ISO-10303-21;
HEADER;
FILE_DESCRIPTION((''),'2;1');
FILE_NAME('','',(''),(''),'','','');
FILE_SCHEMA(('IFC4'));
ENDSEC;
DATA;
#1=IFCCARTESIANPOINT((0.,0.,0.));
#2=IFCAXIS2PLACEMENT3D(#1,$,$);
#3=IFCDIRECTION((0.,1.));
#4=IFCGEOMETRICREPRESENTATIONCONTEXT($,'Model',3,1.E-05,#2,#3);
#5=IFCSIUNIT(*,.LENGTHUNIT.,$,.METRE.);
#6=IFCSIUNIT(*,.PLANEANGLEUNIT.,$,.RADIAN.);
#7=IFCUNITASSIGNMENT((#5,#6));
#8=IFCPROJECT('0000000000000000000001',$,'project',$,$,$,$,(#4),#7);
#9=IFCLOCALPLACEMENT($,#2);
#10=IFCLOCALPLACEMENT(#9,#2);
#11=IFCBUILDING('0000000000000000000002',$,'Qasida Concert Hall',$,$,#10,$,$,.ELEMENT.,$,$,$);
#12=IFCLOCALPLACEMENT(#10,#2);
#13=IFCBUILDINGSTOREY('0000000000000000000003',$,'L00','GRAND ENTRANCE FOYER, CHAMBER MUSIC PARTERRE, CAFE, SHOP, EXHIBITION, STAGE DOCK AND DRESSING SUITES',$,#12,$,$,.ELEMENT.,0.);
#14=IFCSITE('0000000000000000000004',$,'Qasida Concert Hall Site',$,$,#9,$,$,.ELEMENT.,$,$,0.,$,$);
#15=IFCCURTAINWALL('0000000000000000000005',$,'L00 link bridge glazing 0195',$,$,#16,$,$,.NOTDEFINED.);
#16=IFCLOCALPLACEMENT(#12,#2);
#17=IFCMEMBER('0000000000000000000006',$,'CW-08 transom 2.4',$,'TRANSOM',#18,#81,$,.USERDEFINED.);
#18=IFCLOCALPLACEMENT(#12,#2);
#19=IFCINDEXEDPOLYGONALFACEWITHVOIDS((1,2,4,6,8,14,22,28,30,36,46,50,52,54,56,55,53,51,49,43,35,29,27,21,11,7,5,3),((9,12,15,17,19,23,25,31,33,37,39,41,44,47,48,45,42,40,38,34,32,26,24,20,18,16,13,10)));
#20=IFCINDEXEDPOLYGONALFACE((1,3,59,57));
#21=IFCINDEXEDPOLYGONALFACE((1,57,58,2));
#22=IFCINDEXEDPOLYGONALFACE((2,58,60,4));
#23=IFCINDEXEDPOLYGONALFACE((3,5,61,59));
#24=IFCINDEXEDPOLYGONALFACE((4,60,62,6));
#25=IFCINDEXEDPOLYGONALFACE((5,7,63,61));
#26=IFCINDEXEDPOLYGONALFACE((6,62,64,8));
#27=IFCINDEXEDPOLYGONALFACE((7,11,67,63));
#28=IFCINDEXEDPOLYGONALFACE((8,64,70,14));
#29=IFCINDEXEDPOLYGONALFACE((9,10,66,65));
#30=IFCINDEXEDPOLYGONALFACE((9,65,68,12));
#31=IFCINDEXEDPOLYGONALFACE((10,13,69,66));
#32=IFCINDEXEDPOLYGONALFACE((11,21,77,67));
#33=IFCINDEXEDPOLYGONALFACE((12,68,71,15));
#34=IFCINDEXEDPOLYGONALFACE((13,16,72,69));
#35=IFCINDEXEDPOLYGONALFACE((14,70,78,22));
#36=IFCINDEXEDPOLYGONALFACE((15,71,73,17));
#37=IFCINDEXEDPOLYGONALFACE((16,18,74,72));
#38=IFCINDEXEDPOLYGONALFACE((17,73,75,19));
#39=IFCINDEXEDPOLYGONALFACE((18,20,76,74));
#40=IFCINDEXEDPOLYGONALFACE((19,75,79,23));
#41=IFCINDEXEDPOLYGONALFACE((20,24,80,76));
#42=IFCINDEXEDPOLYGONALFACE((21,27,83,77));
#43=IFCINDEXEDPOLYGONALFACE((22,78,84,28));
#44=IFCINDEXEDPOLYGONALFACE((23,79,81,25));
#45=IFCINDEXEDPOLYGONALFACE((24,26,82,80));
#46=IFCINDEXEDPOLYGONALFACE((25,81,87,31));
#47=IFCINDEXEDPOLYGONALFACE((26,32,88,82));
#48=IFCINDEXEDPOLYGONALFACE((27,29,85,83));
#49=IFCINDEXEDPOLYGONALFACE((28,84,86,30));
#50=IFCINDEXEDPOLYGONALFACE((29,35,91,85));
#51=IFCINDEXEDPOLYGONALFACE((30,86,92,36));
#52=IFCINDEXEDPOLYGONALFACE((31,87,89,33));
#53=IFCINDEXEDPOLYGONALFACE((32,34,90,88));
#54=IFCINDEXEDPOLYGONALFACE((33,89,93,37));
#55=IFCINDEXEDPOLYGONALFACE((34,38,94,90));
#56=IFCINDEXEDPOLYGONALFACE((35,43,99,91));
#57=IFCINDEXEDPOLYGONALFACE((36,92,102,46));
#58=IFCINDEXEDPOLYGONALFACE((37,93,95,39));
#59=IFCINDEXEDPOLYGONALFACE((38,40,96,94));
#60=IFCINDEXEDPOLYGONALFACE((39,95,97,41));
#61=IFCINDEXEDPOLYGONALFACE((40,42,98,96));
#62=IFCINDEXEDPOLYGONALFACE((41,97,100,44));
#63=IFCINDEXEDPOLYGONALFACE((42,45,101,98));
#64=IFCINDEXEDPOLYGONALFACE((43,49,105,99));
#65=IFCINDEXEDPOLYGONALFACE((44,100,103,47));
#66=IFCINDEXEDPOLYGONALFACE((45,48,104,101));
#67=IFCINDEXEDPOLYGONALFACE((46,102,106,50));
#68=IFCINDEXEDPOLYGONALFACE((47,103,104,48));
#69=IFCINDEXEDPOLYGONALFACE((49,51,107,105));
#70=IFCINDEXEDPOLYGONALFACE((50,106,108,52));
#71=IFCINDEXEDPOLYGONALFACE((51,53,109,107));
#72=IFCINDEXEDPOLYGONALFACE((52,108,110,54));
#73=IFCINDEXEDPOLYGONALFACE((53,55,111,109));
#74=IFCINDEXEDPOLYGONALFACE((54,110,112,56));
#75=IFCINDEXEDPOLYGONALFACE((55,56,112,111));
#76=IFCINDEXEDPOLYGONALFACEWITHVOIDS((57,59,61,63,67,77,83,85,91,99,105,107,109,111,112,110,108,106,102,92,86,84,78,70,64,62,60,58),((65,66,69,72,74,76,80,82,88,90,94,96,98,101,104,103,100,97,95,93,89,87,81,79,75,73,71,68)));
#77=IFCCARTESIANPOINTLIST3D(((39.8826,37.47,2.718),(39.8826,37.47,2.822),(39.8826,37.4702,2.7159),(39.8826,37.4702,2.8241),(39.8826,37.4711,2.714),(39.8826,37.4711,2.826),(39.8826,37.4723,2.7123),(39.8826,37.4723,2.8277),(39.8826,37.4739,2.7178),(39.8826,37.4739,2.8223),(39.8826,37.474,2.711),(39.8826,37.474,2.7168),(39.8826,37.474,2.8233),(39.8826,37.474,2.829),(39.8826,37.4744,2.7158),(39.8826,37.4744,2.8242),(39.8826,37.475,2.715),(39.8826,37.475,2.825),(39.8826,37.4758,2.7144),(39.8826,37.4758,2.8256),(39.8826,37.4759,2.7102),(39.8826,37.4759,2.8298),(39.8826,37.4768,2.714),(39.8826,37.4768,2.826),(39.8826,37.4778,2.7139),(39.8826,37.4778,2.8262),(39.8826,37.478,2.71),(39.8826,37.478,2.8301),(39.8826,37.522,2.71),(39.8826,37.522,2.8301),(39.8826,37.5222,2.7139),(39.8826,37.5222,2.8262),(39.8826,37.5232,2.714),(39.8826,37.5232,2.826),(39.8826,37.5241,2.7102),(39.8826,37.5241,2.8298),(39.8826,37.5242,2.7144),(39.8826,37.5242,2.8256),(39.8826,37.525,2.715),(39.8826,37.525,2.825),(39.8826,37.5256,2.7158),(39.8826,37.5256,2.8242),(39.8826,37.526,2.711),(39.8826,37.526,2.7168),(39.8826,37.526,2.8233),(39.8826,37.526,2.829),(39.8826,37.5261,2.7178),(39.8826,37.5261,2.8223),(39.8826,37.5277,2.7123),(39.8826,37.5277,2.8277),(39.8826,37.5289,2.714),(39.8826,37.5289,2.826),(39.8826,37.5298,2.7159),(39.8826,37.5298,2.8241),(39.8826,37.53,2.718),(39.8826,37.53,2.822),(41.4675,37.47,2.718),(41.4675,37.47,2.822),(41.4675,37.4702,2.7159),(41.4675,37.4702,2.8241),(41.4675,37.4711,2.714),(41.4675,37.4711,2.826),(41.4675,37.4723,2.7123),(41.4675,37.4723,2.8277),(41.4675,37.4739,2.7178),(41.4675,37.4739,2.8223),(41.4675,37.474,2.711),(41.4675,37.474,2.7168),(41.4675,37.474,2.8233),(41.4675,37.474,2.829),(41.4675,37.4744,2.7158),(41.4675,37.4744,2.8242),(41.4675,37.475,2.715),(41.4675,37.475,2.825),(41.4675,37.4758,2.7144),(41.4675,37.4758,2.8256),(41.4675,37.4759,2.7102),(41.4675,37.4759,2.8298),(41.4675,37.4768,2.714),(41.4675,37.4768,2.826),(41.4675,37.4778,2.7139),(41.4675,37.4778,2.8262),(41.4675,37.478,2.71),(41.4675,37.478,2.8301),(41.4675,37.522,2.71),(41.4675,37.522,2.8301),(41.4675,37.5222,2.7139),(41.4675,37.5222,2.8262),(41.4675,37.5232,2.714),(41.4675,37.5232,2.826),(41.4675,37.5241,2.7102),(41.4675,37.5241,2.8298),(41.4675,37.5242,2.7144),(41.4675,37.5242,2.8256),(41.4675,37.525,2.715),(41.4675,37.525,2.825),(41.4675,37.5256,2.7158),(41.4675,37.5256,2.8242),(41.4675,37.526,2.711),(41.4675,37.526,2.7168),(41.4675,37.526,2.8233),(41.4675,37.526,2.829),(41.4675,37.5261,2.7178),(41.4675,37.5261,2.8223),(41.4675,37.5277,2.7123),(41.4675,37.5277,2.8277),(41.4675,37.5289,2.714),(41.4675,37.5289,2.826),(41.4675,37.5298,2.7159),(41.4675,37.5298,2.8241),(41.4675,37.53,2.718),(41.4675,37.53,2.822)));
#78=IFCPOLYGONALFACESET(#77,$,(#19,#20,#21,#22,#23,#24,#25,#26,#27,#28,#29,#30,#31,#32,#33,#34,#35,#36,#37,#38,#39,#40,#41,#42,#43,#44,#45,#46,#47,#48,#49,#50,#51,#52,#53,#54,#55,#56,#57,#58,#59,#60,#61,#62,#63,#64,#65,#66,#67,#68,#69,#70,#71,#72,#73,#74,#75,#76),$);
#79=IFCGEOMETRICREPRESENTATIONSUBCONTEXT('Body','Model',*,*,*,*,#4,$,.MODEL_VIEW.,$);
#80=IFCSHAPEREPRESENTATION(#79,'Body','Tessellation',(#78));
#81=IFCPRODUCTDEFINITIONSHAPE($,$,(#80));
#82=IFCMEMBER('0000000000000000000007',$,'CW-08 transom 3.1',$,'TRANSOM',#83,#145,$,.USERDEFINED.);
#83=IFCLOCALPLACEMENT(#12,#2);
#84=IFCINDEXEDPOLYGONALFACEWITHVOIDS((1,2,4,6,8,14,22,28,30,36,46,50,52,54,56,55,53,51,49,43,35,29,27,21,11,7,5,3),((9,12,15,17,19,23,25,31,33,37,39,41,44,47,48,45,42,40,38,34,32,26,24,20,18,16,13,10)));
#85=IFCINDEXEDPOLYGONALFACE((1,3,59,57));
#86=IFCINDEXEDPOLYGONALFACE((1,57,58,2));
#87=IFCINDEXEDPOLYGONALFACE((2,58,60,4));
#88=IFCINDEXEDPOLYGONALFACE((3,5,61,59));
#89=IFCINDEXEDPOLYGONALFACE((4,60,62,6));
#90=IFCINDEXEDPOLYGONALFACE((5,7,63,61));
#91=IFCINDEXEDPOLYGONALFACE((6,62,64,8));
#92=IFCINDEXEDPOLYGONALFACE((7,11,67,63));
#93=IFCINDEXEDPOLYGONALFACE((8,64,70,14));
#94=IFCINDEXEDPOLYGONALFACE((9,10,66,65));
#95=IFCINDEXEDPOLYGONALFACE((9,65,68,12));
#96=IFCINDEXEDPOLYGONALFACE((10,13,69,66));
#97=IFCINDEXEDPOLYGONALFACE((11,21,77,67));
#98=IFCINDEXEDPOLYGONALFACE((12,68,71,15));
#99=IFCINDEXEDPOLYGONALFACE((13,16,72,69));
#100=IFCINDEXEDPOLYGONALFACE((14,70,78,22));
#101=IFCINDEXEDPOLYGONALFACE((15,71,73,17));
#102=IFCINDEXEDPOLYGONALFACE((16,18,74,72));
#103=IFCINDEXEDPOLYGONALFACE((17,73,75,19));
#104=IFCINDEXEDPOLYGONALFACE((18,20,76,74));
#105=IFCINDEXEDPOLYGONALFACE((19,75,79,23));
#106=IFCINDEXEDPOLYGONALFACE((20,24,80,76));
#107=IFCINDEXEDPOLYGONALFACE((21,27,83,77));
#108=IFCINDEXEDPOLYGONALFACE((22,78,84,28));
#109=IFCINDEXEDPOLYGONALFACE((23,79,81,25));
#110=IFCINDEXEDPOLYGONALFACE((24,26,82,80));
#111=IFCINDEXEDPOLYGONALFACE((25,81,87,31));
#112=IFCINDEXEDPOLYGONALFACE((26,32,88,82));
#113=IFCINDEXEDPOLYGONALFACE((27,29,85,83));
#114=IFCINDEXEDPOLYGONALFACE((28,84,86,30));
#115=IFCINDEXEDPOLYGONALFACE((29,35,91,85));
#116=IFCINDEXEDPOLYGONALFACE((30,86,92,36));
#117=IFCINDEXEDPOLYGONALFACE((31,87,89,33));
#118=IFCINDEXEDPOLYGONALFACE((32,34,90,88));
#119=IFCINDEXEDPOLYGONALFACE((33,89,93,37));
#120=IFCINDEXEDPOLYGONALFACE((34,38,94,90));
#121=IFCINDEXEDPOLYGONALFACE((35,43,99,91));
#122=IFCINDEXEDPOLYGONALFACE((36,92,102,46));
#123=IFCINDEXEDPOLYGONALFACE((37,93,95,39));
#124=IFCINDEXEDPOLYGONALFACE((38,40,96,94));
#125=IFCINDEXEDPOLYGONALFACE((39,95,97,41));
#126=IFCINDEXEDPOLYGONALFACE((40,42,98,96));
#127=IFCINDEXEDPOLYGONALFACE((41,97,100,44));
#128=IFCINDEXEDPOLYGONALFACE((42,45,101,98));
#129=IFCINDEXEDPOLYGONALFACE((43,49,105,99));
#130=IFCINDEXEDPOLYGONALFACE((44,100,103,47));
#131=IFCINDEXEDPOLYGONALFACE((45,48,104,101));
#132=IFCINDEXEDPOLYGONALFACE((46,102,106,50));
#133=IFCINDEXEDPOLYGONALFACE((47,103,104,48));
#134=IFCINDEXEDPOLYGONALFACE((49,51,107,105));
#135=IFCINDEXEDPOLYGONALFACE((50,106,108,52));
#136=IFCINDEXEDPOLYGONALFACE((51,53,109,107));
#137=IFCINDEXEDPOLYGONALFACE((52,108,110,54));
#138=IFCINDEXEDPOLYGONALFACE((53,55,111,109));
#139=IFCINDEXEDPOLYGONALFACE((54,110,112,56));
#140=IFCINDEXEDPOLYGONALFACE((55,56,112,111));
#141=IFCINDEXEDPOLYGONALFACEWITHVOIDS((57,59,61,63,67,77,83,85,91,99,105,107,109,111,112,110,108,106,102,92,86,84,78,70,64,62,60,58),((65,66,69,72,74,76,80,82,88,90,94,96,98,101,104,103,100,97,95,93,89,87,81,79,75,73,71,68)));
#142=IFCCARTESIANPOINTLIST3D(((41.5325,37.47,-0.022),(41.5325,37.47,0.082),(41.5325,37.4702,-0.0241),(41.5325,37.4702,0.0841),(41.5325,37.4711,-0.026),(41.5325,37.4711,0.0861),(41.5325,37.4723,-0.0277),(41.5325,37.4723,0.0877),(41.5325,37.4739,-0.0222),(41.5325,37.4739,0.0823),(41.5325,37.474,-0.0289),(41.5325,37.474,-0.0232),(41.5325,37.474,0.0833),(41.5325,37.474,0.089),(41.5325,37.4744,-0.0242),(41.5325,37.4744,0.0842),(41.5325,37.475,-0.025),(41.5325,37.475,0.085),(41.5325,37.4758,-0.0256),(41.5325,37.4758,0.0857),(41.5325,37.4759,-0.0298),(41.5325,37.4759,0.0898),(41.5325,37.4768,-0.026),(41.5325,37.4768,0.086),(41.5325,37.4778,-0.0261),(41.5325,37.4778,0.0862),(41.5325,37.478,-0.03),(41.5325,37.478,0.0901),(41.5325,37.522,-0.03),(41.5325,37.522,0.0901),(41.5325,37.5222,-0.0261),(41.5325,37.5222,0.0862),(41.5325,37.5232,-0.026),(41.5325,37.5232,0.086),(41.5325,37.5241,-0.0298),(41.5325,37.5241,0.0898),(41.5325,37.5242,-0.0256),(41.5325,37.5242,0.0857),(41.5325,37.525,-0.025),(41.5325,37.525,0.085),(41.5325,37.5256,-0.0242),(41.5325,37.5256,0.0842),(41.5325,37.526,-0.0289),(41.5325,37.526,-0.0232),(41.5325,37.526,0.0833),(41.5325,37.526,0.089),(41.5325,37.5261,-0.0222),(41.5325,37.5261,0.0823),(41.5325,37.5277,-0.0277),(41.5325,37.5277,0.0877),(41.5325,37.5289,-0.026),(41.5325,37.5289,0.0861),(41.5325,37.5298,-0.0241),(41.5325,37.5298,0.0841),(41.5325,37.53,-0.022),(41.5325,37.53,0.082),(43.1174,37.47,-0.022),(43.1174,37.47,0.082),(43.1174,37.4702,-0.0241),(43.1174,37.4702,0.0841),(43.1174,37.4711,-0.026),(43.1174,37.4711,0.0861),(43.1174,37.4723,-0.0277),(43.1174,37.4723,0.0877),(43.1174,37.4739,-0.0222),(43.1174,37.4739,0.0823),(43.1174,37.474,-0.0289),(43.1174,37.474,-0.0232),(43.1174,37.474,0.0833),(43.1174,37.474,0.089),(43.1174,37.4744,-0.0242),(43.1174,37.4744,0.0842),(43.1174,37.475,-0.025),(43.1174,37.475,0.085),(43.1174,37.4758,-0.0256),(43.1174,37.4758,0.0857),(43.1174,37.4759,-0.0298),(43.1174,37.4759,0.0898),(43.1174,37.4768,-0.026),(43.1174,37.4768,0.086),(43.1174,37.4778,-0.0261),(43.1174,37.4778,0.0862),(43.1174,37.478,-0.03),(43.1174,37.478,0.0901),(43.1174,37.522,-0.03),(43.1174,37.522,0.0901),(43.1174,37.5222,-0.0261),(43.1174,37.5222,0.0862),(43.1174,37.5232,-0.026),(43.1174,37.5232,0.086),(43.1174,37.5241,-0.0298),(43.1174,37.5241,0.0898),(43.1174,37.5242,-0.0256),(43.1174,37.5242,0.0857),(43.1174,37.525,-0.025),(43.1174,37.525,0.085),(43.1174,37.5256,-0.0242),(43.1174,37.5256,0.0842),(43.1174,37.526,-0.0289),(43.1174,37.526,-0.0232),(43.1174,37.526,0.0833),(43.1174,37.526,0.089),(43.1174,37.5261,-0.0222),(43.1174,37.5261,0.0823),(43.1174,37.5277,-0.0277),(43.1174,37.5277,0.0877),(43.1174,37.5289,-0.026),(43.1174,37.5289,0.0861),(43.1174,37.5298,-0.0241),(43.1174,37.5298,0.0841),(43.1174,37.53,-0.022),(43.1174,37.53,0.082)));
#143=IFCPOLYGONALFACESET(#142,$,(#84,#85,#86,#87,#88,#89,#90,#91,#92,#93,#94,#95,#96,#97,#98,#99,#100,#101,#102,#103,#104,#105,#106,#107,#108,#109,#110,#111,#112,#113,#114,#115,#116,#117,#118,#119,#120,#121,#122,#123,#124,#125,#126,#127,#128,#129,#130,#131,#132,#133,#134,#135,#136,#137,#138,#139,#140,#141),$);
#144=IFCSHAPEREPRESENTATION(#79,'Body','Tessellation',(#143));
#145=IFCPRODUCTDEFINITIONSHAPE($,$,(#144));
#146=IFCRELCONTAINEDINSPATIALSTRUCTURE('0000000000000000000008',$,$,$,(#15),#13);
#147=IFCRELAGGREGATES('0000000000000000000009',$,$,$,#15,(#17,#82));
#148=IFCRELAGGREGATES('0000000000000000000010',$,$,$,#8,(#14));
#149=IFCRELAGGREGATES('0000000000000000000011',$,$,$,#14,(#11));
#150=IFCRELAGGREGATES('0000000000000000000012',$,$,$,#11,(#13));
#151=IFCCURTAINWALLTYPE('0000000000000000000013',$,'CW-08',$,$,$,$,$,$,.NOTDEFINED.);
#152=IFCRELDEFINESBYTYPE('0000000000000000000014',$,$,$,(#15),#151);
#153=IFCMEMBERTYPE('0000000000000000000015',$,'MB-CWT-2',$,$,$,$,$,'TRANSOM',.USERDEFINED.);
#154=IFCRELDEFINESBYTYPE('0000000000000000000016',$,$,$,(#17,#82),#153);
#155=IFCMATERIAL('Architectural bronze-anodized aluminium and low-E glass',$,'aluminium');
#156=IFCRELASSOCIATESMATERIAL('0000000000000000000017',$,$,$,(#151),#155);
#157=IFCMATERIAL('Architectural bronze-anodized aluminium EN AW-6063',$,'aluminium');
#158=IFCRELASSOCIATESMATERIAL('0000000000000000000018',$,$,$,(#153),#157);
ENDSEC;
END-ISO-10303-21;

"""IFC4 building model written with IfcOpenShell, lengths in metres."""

from ifc_helpers import new_model, si_unit, direction, frame, origin, origin_2d, place, context, subcontext, project, spatial, hollow_rectangle, extrude, material, material_profile, profile_set, type_object, element, aggregate, save


model = new_model("IFC4")

# Units and contexts
model_context = context("Model", 3, precision=1e-05, world=origin(), true_north=direction((0.0, 1.0)))
body_context = subcontext(model_context, "Body", "Model", "MODEL_VIEW")
ifc_project = project(units=[si_unit("LENGTHUNIT", "METRE"), si_unit("PLANEANGLEUNIT", "RADIAN")], contexts=[model_context])

# Site, building, storey
site_placement = place(None, origin())
site = spatial("IfcSite", under=ifc_project, at=site_placement, Name="Qasida Concert Hall Site", CompositionType="ELEMENT", RefElevation=0.0)
building_placement = place(site_placement, origin())
building = spatial("IfcBuilding", under=site, at=building_placement, Name="Qasida Concert Hall", CompositionType="ELEMENT")
storey_placement = place(building_placement, origin())
storey = spatial("IfcBuildingStorey", under=building, at=storey_placement, Name="L00", Description="GRAND ENTRANCE FOYER, CHAMBER MUSIC PARTERRE, CAFE, SHOP, EXHIBITION, STAGE DOCK AND DRESSING SUITES", CompositionType="ELEMENT", Elevation=0.0)

# Curtain wall
ifc_material_1 = material(Name="Architectural bronze-anodized aluminium and low-E glass", Category="aluminium")
curtain_wall_type = type_object("IfcCurtainWallType", Name="CW-08", PredefinedType="NOTDEFINED", material=ifc_material_1)
curtain_wall_1_placement = place(storey_placement, origin())
curtain_wall_1 = element("IfcCurtainWall", 1, at=curtain_wall_1_placement, inside=storey, type_object=curtain_wall_type, Name="L00 link bridge glazing 0195", PredefinedType="NOTDEFINED")
ifc_material_2 = material(Name="Architectural bronze-anodized aluminium EN AW-6063", Category="aluminium")

# Members
ifc_material_profile_1 = material_profile(ifc_material_2, hollow_rectangle(XDim=0.0601, YDim=0.1201, WallThickness=0.0039, InnerFilletRadius=0.0039, OuterFilletRadius=0.0081, at=origin_2d()), Name="CWT 120x60x4")
ifc_profile_set_1 = profile_set([ifc_material_profile_1], Name="Architectural bronze-anodized aluminium EN AW-6063")
member_type_1 = type_object("IfcMemberType", Name="MB-CWT-2", ElementType="TRANSOM", PredefinedType="USERDEFINED", material=ifc_profile_set_1)
member_1_placement = place(storey_placement, frame((39.8826, 37.5, 2.77), z_axis=(1.0, 0.0, 0.0), x_axis=(0.0, 1.0, 0.0)))
member_1 = element("IfcMember", 2, at=member_1_placement, type_object=member_type_1, Name="CW-08 transom 2.4", ObjectType="TRANSOM", PredefinedType="USERDEFINED", context=body_context, shape_type="SweptSolid", body=[
    extrude(hollow_rectangle(XDim=0.0601, YDim=0.1201, WallThickness=0.0039, InnerFilletRadius=0.0039, OuterFilletRadius=0.0081, at=origin_2d()), origin(), (0.0, 0.0, 1.0), 1.585),
])
member_2_placement = place(storey_placement, frame((41.5325, 37.5, 0.03), z_axis=(1.0, 0.0, 0.0), x_axis=(0.0, 1.0, 0.0)))
member_2 = element("IfcMember", 3, at=member_2_placement, type_object=member_type_1, Name="CW-08 transom 3.1", ObjectType="TRANSOM", PredefinedType="USERDEFINED", context=body_context, shape_type="SweptSolid", body=[
    extrude(hollow_rectangle(XDim=0.0601, YDim=0.1201, WallThickness=0.0039, InnerFilletRadius=0.0039, OuterFilletRadius=0.0081, at=origin_2d()), origin(), (0.0, 0.0, 1.0), 1.585),
])

aggregate(curtain_wall_1, [member_1, member_2])

save(model, "model.ifc")
